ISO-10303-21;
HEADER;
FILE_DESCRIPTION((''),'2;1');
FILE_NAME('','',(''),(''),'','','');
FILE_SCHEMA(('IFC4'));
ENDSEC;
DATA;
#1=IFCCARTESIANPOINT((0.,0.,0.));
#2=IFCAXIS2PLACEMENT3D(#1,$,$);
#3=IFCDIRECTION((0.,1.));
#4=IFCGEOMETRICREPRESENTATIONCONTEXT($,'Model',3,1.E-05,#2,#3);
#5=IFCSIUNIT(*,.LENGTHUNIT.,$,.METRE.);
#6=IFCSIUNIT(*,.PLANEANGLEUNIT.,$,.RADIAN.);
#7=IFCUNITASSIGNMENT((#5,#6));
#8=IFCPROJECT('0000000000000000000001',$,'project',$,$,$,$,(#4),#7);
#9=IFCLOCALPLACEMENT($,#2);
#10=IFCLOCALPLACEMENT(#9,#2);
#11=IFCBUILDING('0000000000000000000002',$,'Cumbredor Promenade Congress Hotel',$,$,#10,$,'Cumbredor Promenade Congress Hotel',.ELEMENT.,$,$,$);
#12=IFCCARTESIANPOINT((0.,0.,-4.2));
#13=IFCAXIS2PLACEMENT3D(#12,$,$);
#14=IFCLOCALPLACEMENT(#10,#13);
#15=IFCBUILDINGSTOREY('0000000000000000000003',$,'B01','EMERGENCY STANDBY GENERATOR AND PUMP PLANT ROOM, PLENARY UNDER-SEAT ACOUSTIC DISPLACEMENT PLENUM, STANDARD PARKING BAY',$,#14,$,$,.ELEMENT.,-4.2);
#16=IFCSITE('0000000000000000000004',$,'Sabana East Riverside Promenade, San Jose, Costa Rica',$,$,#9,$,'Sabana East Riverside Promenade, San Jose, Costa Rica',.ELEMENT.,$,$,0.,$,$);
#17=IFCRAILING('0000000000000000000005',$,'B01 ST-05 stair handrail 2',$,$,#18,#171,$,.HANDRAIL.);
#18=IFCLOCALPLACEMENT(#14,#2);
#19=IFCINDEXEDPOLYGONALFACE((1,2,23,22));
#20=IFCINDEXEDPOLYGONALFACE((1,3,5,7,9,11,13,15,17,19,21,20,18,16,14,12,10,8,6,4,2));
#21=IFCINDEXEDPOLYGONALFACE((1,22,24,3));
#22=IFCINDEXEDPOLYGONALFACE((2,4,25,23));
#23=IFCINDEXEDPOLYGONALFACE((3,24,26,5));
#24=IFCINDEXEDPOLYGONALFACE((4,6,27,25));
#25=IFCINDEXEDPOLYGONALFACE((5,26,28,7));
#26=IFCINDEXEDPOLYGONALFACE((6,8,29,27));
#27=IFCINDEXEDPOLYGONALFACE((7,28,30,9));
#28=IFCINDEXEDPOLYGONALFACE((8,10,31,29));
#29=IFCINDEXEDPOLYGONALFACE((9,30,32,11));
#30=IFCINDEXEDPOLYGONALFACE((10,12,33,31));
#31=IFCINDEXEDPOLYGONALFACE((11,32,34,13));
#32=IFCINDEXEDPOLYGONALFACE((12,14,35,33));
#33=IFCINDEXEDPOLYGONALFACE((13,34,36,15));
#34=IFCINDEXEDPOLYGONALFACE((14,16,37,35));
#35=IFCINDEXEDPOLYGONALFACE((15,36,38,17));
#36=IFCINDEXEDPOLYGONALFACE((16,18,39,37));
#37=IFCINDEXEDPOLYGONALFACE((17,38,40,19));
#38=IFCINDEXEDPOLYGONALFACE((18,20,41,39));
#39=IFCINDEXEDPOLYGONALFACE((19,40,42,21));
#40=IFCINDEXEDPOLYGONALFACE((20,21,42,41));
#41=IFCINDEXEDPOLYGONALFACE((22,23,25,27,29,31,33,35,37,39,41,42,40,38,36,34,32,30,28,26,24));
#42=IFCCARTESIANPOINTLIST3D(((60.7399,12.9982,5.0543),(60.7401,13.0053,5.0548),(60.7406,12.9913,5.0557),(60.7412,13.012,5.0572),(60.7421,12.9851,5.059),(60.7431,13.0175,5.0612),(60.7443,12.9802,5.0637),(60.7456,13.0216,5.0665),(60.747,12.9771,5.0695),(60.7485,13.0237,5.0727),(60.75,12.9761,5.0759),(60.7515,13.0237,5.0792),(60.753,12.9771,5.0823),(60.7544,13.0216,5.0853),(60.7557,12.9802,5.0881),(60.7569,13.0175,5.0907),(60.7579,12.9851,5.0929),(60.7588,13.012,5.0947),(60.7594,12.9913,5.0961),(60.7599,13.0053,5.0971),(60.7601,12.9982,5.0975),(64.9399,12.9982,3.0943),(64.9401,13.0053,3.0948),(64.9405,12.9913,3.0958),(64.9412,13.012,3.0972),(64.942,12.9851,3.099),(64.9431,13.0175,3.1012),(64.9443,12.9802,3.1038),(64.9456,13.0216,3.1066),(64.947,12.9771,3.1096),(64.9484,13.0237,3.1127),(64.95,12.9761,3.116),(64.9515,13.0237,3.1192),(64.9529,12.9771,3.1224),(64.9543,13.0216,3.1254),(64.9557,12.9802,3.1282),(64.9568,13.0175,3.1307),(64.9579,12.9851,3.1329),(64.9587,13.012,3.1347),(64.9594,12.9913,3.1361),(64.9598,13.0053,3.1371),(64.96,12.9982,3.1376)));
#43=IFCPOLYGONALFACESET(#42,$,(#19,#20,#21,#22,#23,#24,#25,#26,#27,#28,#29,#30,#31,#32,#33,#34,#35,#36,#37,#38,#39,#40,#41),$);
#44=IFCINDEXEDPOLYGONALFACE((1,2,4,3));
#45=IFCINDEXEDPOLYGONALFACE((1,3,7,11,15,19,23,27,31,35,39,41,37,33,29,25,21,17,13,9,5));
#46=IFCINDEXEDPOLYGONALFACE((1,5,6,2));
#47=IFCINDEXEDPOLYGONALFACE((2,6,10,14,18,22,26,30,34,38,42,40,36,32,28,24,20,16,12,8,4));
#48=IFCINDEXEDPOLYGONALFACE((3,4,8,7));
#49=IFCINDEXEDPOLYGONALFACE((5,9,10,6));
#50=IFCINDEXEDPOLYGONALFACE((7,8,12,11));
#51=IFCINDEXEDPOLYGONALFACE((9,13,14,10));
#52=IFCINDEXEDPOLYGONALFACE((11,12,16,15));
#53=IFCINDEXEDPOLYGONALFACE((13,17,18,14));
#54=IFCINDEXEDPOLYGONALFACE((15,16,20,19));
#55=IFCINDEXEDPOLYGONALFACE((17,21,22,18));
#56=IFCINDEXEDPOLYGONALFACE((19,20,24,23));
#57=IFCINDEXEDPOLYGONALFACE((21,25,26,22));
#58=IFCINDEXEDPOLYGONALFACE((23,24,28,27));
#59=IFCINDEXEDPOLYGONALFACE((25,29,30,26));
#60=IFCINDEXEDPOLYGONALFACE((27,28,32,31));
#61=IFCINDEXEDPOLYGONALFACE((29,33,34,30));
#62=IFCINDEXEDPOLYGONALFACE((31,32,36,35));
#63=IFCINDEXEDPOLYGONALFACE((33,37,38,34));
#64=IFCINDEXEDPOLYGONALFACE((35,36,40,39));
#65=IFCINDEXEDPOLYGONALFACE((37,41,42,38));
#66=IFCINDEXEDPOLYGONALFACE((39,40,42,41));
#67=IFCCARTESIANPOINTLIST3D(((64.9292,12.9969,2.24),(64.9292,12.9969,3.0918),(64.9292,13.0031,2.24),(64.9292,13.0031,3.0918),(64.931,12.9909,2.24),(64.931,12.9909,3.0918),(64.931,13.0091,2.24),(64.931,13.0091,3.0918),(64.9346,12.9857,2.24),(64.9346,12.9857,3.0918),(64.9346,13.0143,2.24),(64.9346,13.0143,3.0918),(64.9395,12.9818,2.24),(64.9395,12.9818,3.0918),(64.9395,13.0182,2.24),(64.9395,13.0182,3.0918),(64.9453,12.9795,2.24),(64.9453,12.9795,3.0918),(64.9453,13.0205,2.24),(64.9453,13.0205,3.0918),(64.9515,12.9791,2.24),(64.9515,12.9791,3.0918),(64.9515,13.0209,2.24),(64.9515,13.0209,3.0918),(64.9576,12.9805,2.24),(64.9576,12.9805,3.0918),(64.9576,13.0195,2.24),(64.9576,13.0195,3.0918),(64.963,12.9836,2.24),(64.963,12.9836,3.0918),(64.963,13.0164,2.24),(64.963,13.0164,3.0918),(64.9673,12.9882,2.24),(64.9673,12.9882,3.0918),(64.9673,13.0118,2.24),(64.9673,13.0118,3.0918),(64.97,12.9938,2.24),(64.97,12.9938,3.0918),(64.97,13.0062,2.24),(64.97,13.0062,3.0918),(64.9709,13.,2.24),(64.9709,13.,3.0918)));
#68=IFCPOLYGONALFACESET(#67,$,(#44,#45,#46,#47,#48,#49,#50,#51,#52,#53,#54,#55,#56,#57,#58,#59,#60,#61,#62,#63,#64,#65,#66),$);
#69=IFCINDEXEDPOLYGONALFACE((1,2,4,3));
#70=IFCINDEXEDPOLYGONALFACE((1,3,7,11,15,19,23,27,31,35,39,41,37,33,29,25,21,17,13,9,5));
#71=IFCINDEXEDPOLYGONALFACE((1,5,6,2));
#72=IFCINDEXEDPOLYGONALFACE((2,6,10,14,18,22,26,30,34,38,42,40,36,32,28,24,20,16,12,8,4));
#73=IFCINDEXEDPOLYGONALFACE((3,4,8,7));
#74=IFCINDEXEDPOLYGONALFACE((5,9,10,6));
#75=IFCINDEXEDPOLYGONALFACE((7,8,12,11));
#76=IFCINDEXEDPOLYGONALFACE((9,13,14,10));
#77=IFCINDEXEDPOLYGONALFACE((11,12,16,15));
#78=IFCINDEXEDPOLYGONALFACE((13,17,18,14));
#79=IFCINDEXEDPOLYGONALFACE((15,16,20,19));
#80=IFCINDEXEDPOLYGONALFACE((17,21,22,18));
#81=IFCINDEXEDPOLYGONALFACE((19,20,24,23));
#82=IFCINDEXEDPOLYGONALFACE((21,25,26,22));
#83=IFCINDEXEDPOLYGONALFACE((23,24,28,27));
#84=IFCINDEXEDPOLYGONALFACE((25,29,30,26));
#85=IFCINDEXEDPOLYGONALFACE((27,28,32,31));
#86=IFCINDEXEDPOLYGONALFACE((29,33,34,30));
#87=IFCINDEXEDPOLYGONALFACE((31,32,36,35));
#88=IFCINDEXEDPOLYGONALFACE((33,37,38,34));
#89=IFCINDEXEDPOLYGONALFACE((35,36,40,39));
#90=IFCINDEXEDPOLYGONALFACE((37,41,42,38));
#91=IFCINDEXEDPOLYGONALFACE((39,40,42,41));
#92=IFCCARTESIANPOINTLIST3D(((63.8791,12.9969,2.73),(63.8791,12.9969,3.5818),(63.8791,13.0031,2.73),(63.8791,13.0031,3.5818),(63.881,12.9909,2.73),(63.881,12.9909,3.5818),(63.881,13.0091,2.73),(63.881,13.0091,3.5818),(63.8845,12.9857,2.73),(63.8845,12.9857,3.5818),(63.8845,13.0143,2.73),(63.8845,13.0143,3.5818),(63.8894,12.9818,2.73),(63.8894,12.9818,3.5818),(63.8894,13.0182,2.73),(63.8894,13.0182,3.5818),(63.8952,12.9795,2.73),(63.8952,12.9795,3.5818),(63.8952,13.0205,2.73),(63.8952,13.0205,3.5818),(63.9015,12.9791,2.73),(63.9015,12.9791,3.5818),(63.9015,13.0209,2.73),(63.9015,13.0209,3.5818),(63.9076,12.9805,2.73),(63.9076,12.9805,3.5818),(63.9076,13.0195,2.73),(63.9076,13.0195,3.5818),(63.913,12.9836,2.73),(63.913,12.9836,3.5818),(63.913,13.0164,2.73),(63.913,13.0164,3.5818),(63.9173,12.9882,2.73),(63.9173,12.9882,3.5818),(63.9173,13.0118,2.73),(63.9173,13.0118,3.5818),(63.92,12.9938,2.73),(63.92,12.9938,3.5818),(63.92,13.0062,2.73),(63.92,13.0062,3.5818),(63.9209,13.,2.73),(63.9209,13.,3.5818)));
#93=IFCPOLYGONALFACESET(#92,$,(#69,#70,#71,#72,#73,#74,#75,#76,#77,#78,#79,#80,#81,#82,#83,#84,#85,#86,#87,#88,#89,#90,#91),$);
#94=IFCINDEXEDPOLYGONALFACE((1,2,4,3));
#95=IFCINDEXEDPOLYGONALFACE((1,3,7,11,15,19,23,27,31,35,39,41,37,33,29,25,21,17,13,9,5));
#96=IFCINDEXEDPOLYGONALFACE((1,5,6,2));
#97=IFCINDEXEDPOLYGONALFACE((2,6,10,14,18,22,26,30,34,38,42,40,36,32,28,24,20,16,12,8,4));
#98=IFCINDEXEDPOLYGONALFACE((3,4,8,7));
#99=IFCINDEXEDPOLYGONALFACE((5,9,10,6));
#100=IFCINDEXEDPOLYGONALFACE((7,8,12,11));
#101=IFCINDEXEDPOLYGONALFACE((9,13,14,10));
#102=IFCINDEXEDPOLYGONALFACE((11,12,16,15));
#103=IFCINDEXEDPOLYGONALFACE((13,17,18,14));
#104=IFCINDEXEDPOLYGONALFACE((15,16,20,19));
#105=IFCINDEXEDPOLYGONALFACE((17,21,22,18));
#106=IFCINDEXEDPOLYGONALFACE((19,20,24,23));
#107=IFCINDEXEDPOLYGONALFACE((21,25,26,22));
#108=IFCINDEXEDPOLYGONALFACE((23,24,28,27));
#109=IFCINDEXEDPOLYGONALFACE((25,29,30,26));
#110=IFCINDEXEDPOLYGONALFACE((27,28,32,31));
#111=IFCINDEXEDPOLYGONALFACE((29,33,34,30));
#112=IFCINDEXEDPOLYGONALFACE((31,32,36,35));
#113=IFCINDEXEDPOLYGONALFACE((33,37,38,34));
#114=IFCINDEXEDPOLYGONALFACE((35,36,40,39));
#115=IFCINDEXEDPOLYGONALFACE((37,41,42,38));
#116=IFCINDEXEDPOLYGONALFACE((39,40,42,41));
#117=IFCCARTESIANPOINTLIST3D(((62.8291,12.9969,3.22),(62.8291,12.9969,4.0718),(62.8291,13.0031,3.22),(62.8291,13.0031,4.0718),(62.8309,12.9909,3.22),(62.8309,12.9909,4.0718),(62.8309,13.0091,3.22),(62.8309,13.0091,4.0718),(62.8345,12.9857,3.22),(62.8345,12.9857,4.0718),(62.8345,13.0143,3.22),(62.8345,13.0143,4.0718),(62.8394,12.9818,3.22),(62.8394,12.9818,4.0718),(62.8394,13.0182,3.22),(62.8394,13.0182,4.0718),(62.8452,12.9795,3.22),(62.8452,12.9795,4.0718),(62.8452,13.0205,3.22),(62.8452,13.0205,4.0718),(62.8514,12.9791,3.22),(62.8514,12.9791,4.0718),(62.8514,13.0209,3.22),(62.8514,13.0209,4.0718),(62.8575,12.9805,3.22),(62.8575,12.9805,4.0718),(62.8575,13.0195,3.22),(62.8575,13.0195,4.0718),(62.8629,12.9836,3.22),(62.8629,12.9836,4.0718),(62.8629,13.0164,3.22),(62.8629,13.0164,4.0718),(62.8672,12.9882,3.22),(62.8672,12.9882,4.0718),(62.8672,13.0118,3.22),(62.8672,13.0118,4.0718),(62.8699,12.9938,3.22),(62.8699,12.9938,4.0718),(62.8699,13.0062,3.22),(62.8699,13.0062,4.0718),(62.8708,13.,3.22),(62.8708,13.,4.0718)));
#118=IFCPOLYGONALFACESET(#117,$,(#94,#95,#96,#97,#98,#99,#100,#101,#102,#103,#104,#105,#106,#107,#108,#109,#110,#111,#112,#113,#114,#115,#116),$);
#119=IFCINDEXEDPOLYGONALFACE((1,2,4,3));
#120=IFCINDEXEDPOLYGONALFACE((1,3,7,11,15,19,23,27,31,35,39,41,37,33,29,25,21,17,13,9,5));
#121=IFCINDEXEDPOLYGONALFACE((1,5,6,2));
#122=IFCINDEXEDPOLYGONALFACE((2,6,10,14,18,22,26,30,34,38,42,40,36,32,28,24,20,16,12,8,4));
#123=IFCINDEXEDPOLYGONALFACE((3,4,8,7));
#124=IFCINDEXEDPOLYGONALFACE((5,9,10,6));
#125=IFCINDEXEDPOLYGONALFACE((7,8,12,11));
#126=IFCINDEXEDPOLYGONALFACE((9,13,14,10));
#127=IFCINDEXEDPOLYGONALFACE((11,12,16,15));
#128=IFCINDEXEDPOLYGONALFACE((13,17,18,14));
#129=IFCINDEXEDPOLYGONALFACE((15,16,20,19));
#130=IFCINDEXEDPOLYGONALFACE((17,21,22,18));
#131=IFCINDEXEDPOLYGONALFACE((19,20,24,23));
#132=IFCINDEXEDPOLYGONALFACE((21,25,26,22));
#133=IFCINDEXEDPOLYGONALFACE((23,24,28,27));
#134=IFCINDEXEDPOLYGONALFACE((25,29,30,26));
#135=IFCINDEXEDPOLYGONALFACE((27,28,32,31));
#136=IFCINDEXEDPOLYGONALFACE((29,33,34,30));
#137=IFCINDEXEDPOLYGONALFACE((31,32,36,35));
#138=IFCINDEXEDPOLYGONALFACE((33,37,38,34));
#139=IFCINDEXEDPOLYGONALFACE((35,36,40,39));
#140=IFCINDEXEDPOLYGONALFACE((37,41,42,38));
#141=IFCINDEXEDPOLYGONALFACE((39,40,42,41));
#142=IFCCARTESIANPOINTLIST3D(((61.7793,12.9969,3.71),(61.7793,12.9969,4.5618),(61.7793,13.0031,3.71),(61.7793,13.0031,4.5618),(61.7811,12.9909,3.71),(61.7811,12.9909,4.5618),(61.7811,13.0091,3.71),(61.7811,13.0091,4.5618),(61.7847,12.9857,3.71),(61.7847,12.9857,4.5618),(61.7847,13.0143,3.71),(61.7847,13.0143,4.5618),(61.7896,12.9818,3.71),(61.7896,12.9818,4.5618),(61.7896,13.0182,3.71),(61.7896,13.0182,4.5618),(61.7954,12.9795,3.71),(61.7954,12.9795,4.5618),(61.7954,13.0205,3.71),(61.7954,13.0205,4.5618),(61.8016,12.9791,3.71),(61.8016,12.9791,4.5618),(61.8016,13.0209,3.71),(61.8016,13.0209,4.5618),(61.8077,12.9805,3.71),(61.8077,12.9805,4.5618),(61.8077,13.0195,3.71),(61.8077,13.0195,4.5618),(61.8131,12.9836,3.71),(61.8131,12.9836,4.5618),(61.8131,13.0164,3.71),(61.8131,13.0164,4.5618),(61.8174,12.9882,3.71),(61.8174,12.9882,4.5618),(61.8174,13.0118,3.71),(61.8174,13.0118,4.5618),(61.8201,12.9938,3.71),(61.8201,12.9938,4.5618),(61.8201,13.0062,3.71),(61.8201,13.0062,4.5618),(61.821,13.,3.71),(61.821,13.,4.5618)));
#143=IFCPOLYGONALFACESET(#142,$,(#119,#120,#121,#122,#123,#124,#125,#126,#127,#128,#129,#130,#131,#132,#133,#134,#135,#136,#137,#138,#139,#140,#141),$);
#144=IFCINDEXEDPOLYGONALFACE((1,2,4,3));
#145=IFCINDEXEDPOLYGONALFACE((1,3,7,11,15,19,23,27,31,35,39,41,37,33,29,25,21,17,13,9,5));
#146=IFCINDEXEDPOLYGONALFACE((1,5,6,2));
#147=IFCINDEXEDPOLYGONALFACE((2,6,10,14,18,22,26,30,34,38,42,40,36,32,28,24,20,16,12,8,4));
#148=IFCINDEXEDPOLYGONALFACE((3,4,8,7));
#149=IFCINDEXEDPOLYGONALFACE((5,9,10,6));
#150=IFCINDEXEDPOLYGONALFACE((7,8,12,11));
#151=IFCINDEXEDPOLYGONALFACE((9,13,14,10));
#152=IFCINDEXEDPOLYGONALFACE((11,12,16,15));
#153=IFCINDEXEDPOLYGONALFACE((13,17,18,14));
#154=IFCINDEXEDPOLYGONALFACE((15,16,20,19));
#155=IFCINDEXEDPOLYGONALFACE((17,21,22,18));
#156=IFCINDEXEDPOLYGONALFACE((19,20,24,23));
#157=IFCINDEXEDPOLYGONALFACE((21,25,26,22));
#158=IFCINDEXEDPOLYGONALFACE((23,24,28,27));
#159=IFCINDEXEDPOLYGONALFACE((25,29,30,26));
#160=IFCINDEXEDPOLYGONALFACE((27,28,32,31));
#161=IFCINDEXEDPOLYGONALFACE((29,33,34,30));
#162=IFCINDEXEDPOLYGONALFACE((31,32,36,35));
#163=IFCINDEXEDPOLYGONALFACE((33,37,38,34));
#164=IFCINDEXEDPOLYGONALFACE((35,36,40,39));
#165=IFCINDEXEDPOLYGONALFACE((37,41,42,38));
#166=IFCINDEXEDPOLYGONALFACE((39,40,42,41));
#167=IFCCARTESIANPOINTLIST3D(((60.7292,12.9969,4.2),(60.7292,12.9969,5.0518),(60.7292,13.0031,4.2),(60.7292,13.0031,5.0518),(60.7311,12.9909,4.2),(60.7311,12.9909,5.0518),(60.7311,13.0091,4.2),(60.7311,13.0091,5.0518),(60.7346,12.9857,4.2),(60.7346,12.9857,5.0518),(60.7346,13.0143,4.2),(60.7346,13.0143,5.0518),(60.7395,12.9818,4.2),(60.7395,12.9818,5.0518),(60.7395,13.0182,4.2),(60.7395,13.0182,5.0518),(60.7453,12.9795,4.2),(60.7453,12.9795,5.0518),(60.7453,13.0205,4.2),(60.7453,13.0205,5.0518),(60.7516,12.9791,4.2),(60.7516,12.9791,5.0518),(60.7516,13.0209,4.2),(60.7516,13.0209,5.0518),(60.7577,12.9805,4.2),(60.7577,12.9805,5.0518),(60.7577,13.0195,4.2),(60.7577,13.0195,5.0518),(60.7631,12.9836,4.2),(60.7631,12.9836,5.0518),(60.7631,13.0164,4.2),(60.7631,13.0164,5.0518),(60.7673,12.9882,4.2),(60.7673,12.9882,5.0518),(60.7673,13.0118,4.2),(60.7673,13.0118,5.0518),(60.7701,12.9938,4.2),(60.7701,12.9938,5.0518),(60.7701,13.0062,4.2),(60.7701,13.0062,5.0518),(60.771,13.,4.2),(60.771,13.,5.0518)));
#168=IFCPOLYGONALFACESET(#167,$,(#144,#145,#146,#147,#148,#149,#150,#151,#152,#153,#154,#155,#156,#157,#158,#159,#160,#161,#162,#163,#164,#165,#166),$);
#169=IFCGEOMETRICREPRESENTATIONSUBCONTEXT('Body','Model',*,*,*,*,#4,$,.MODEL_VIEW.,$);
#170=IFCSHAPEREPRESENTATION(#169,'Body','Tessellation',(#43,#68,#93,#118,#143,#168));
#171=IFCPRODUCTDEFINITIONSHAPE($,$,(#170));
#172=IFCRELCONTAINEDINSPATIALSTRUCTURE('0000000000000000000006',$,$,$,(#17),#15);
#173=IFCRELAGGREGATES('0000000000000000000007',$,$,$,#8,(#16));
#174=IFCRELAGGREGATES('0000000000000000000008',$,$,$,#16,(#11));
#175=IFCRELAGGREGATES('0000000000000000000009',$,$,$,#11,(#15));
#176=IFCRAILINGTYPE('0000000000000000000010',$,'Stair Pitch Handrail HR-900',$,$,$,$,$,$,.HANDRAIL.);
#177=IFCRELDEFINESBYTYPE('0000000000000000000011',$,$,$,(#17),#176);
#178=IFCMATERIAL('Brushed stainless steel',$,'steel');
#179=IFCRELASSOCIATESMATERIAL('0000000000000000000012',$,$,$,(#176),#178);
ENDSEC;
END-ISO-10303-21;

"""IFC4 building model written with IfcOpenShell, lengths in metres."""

from ifc_helpers import new_model, si_unit, direction, frame, origin, origin_2d, place, context, subcontext, project, spatial, circle, extrude, material, type_object, element, save


model = new_model("IFC4")

# Units and contexts
model_context = context("Model", 3, precision=1e-05, world=origin(), true_north=direction((0.0, 1.0)))
body_context = subcontext(model_context, "Body", "Model", "MODEL_VIEW")
ifc_project = project(units=[si_unit("LENGTHUNIT", "METRE"), si_unit("PLANEANGLEUNIT", "RADIAN")], contexts=[model_context])

# Site, building, storey
site_placement = place(None, origin())
site = spatial("IfcSite", under=ifc_project, at=site_placement, Name="Sabana East Riverside Promenade, San Jose, Costa Rica", LongName="Sabana East Riverside Promenade, San Jose, Costa Rica", CompositionType="ELEMENT", RefElevation=0.0)
building_placement = place(site_placement, origin())
building = spatial("IfcBuilding", under=site, at=building_placement, Name="Cumbredor Promenade Congress Hotel", LongName="Cumbredor Promenade Congress Hotel", CompositionType="ELEMENT")
storey_placement = place(building_placement, frame((0.0, 0.0, -4.2)))
storey = spatial("IfcBuildingStorey", under=building, at=storey_placement, Name="B01", Description="EMERGENCY STANDBY GENERATOR AND PUMP PLANT ROOM, PLENARY UNDER-SEAT ACOUSTIC DISPLACEMENT PLENUM, STANDARD PARKING BAY", CompositionType="ELEMENT", Elevation=-4.2)

# Railing
ifc_material_1 = material(Name="Brushed stainless steel", Category="steel")
railing_type_1 = type_object("IfcRailingType", Name="Stair Pitch Handrail HR-900", PredefinedType="HANDRAIL", material=ifc_material_1)
railing_1_placement = place(storey_placement, frame((64.95, 13.0, 2.24)))
element("IfcRailing", 1, at=railing_1_placement, inside=storey, type_object=railing_type_1, Name="B01 ST-05 stair handrail 2", PredefinedType="HANDRAIL", context=body_context, shape_type="SweptSolid", body=[
    extrude(circle(Radius=0.0239, at=origin_2d()), frame((0.0, 0.0, 0.876), z_axis=(-0.906184, 0.0, 0.422883), x_axis=(0.0, -1.0, 0.0)), (0.0, 0.0, 1.0), 4.6348),
    extrude(circle(Radius=0.021, at=origin_2d()), origin(), (0.0, 0.0, 1.0), 0.8518),
    extrude(circle(Radius=0.021, at=origin_2d()), frame((-1.05, 0.0, 0.49)), (0.0, 0.0, 1.0), 0.8518),
    extrude(circle(Radius=0.021, at=origin_2d()), frame((-2.1001, 0.0, 0.98)), (0.0, 0.0, 1.0), 0.8518),
    extrude(circle(Radius=0.021, at=origin_2d()), frame((-3.1499, 0.0, 1.47)), (0.0, 0.0, 1.0), 0.8518),
    extrude(circle(Radius=0.021, at=origin_2d()), frame((-4.2, 0.0, 1.96)), (0.0, 0.0, 1.0), 0.8518),
])

save(model, "model.ifc")
